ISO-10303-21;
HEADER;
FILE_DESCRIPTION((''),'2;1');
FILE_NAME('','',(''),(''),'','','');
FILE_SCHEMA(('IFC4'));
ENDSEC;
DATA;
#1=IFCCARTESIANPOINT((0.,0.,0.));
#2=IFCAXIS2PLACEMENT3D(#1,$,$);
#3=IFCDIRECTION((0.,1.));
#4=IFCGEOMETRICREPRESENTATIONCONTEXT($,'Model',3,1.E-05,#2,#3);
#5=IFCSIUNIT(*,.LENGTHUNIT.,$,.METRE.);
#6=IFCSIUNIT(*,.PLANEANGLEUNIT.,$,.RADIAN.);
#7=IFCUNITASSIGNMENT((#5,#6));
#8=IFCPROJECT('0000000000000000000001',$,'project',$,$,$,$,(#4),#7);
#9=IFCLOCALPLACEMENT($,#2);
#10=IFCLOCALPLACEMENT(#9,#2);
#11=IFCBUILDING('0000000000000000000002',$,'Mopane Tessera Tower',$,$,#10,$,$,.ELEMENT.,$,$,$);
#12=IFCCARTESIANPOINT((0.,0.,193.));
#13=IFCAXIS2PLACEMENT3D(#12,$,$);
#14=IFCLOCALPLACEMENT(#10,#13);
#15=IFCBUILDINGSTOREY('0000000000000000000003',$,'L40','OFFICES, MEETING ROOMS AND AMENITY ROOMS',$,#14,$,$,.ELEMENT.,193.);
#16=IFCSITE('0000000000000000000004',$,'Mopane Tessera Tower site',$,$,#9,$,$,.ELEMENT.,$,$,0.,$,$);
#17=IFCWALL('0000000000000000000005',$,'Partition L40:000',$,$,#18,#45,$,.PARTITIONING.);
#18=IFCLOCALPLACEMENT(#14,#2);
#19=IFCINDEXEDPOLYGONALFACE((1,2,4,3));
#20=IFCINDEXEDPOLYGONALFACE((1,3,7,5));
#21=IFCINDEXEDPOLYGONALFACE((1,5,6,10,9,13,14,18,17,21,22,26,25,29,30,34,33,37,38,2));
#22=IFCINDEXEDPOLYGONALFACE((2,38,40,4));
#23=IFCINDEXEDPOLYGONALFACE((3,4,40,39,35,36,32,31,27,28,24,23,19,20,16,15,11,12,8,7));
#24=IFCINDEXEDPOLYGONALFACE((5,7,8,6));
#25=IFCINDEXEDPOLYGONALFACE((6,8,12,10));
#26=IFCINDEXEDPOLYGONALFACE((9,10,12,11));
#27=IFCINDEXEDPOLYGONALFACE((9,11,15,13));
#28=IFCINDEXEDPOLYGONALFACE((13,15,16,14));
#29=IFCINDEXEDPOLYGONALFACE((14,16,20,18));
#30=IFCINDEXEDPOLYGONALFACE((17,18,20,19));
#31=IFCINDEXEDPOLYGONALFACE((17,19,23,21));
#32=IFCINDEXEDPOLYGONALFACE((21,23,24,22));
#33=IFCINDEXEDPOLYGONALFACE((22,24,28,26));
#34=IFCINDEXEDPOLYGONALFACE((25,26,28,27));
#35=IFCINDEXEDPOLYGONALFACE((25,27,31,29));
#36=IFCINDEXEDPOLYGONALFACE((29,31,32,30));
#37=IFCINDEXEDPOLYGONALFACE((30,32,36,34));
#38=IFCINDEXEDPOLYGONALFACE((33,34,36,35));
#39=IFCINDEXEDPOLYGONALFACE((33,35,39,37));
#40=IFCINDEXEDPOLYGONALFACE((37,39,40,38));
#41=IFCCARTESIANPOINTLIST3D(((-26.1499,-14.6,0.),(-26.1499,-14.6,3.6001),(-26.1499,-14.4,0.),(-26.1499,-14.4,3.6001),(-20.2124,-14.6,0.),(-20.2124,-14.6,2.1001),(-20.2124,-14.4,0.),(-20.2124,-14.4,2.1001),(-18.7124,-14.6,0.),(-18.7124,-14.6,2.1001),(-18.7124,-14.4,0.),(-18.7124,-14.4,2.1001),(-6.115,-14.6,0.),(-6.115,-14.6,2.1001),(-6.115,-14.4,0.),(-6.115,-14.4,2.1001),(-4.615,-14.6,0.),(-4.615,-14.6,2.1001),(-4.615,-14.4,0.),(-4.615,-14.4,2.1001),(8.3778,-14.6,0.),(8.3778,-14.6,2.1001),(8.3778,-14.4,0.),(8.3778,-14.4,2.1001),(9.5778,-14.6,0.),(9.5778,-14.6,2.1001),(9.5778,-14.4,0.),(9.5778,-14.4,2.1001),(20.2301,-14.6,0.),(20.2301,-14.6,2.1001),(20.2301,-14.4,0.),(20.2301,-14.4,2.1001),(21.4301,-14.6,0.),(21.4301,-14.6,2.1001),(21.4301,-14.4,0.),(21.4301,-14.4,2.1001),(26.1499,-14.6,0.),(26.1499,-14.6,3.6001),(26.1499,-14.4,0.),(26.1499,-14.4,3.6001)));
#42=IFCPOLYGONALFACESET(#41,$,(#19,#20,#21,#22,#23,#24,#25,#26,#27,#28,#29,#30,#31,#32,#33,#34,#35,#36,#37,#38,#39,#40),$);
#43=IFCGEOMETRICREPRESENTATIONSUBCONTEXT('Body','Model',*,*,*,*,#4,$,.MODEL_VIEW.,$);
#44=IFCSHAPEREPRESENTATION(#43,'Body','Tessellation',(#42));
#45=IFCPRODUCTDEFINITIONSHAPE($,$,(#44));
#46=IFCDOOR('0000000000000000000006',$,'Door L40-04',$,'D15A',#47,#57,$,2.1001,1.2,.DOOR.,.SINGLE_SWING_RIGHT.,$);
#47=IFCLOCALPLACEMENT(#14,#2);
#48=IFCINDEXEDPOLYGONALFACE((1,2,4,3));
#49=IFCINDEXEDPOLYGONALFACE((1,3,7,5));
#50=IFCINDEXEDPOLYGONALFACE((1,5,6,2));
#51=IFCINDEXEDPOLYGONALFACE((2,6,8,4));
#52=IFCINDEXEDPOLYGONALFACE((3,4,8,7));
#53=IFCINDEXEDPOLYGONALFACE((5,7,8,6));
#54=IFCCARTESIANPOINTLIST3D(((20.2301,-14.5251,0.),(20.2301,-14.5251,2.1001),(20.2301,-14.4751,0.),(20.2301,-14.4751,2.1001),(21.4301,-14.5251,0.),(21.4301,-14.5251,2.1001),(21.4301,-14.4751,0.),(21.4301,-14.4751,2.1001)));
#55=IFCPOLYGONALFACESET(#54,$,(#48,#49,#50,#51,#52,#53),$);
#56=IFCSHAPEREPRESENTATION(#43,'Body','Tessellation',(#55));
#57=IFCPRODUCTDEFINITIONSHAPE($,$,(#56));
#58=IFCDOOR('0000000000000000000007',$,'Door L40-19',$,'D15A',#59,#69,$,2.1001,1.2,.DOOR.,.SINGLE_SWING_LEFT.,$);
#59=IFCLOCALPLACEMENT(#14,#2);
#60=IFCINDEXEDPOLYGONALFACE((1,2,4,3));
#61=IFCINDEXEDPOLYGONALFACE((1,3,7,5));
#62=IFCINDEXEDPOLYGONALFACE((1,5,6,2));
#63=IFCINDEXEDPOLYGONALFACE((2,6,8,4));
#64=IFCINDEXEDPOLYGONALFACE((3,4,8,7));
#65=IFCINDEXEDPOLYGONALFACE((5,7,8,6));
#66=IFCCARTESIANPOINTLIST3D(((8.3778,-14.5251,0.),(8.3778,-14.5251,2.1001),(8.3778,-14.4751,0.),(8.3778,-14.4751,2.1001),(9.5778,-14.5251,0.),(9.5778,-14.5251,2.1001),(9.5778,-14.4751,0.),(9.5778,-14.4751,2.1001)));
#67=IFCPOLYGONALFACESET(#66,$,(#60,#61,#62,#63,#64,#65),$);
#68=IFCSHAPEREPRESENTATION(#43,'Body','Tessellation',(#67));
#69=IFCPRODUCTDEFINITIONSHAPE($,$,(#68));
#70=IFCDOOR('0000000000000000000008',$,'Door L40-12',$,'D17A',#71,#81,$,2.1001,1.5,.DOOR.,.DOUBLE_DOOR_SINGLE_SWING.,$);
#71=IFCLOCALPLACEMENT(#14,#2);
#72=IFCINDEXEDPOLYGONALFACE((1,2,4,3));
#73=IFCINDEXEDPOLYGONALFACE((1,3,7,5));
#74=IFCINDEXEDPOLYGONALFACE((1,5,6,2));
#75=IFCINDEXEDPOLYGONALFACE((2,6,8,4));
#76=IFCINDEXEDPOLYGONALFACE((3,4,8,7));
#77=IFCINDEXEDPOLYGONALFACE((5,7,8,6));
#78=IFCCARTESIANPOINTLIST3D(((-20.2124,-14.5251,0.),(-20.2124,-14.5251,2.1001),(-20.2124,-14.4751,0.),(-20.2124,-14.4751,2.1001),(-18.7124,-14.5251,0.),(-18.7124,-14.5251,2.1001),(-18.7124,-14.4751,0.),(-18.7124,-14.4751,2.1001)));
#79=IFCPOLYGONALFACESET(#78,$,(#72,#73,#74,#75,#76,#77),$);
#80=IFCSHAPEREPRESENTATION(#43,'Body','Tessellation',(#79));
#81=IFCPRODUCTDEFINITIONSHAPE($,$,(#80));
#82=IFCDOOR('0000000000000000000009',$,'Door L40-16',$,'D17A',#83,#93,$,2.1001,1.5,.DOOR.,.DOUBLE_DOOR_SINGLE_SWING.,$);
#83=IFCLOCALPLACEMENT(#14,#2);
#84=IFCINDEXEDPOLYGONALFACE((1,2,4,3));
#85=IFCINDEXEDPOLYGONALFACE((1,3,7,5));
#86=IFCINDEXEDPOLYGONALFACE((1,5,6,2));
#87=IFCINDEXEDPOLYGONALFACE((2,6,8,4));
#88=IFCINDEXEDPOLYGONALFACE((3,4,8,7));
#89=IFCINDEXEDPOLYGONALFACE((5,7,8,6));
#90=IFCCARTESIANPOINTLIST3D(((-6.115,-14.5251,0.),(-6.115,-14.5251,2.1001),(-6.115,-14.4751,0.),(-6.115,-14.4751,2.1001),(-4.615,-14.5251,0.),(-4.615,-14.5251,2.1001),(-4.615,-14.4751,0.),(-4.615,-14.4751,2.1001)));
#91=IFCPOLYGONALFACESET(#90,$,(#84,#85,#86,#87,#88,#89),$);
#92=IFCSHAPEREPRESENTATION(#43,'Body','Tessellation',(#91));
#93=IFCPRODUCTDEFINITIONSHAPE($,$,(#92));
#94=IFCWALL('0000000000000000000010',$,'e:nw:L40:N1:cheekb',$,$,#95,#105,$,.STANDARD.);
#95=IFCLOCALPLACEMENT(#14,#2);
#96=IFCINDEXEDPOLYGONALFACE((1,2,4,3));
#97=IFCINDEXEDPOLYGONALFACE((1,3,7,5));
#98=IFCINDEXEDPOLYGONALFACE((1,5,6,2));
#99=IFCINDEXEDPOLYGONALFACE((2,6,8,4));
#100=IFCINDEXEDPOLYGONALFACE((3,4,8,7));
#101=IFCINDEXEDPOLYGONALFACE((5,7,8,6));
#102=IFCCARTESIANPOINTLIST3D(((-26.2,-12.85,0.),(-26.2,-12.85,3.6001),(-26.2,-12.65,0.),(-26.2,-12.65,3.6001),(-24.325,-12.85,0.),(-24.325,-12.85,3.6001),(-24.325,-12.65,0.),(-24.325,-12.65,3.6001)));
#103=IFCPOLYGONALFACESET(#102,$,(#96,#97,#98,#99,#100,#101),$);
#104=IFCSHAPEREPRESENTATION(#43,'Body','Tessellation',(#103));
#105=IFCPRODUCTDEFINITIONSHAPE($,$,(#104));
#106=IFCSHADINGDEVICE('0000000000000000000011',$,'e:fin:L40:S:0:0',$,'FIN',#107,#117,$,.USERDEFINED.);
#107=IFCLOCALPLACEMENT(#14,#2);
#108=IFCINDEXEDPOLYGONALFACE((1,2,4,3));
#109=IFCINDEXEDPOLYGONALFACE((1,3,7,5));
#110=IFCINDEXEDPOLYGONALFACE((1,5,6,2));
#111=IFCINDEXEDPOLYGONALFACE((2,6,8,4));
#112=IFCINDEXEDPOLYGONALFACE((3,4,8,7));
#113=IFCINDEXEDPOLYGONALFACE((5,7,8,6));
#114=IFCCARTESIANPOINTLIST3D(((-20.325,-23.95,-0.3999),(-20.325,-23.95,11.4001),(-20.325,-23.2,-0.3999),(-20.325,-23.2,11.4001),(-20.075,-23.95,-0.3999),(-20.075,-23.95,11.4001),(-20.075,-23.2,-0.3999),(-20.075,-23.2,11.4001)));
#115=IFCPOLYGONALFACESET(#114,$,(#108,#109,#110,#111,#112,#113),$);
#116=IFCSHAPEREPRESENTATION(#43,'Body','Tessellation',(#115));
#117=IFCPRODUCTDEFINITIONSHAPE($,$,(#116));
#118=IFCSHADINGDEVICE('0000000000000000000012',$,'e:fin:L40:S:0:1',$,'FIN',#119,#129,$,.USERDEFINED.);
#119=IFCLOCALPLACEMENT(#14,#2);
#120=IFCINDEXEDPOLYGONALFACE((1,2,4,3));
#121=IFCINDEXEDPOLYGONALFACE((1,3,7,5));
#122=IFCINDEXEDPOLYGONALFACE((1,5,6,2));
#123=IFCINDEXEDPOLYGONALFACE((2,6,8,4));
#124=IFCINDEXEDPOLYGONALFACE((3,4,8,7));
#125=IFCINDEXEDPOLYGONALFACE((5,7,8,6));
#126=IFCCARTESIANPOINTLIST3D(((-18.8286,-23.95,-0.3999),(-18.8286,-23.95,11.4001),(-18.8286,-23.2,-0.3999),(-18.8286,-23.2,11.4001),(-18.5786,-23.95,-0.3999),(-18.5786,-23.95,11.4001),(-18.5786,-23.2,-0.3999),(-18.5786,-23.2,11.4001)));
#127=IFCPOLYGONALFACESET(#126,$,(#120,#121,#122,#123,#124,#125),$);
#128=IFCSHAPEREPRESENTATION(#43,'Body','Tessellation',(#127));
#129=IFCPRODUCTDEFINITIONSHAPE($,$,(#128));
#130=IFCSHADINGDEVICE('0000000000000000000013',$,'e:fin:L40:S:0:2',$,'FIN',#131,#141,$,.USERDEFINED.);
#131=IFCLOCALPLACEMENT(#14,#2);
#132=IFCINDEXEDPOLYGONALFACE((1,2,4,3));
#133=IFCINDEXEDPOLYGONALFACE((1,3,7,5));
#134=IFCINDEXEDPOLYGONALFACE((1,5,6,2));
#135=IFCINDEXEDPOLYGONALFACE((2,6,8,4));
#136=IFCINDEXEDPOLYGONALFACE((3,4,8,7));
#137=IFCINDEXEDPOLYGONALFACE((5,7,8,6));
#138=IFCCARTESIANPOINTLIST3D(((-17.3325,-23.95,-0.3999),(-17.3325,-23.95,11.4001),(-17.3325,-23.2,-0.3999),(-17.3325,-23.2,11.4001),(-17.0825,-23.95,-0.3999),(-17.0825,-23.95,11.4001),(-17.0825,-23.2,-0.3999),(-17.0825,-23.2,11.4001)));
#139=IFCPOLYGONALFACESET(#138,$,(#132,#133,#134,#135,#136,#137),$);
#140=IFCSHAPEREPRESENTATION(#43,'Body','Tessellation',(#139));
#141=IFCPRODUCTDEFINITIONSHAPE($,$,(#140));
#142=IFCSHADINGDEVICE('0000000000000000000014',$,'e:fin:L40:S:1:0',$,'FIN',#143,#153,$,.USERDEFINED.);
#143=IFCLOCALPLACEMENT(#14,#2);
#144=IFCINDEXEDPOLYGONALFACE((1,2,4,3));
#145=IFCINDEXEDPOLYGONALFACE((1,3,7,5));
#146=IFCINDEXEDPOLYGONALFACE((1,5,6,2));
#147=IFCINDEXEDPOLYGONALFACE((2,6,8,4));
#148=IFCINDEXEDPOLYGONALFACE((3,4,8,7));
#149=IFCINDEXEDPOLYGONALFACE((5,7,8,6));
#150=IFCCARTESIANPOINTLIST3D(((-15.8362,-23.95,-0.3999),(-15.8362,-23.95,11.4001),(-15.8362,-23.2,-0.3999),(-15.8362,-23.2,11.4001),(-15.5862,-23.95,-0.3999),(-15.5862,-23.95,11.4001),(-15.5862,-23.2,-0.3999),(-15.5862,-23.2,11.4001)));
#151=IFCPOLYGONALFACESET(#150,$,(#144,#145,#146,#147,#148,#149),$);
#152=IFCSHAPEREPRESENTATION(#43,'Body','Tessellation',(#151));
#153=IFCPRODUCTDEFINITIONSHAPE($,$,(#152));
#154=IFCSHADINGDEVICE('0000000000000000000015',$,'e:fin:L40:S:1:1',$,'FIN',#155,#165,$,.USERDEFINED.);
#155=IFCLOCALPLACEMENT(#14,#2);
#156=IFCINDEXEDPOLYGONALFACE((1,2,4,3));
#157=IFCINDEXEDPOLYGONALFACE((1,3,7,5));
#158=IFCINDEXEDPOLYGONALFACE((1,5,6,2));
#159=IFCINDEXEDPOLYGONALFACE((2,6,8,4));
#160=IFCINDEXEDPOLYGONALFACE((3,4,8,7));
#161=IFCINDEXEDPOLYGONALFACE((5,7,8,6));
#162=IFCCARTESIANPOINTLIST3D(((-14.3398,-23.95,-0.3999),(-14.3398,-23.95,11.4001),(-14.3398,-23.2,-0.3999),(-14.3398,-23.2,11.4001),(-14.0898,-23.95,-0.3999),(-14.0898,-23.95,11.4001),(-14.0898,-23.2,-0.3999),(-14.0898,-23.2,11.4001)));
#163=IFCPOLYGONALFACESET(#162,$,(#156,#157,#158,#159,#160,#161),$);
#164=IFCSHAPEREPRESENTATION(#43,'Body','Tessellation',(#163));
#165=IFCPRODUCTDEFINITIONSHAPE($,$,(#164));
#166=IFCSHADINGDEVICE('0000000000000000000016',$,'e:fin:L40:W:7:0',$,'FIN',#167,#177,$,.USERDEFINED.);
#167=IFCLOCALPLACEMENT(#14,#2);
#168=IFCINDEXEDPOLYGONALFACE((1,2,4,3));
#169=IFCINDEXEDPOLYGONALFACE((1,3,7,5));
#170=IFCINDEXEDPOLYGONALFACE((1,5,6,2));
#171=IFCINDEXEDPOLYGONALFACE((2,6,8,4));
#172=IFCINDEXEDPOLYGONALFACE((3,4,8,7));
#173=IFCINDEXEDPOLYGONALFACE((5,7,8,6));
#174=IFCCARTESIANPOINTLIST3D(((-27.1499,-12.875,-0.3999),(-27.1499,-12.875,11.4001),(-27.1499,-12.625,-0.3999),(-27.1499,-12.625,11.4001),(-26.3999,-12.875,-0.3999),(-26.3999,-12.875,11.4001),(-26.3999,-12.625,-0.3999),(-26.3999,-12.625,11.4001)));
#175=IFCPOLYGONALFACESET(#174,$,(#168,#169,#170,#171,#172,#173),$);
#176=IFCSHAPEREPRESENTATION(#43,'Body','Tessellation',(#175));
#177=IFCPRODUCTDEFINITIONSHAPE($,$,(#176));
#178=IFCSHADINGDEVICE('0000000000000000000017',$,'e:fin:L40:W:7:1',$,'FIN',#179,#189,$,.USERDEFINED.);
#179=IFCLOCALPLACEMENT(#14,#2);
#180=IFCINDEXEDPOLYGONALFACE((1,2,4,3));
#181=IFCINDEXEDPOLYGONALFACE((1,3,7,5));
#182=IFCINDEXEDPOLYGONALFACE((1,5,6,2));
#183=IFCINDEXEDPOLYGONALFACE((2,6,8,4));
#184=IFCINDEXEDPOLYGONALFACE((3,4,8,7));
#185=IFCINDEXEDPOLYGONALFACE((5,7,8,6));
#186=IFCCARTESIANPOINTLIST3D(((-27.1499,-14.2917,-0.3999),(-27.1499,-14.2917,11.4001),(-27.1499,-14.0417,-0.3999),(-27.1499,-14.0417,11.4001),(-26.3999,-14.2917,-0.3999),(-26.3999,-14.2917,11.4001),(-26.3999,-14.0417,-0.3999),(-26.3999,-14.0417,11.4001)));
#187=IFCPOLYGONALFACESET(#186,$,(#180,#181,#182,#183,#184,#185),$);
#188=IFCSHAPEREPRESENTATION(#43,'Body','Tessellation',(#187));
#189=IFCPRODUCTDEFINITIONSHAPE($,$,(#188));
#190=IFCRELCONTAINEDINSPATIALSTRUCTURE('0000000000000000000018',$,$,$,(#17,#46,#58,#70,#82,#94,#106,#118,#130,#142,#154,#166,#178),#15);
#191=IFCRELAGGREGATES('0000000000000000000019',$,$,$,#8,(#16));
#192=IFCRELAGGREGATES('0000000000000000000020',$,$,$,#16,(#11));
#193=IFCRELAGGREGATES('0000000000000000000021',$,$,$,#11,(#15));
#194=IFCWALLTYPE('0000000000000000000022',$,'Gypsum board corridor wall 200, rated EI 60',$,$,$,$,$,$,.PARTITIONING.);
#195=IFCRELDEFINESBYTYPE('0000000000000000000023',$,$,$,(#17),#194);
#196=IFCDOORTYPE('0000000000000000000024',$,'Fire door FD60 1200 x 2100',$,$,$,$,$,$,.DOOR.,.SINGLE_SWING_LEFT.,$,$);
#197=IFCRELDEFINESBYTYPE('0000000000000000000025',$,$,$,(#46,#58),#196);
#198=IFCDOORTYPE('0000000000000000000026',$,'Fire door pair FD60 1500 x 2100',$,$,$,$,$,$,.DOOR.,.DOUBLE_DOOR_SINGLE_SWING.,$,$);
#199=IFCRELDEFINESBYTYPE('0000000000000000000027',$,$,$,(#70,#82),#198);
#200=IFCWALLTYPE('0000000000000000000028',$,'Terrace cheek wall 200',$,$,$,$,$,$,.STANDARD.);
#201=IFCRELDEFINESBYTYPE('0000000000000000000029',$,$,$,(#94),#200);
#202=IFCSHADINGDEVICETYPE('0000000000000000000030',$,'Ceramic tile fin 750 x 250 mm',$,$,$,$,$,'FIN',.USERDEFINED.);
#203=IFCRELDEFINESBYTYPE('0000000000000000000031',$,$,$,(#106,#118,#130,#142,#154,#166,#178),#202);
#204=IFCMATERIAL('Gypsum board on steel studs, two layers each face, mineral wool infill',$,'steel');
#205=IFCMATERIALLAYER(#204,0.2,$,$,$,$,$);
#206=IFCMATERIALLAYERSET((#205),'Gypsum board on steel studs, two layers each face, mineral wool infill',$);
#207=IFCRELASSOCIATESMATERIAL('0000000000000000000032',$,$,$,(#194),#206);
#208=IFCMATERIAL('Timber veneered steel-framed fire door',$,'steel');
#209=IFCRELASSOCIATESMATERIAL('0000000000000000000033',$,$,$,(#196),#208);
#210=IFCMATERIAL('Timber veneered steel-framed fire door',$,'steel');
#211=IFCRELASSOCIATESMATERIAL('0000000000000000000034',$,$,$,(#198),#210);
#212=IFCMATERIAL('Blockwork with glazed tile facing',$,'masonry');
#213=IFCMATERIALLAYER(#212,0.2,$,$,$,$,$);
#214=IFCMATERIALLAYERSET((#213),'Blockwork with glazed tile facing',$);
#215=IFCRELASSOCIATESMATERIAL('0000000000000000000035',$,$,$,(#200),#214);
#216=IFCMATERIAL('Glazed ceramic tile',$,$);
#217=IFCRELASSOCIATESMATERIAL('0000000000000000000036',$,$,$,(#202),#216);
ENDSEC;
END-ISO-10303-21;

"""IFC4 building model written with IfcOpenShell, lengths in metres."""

from ifc_helpers import new_model, si_unit, direction, frame, frame_2d, origin, origin_2d, place, context, subcontext, project, spatial, rectangle, extrude, material, layer, layer_set, type_object, element, fill, save


model = new_model("IFC4")

# Units and contexts
model_context = context("Model", 3, precision=1e-05, world=origin(), true_north=direction((0.0, 1.0)))
body_context = subcontext(model_context, "Body", "Model", "MODEL_VIEW")
ifc_project = project(units=[si_unit("LENGTHUNIT", "METRE"), si_unit("PLANEANGLEUNIT", "RADIAN")], contexts=[model_context])

# Site, building, storey
site_placement = place(None, origin())
site = spatial("IfcSite", under=ifc_project, at=site_placement, Name="Mopane Tessera Tower site", CompositionType="ELEMENT", RefElevation=0.0)
building_placement = place(site_placement, origin())
building = spatial("IfcBuilding", under=site, at=building_placement, Name="Mopane Tessera Tower", CompositionType="ELEMENT")
storey_placement = place(building_placement, frame((0.0, 0.0, 193.0)))
storey = spatial("IfcBuildingStorey", under=building, at=storey_placement, Name="L40", Description="OFFICES, MEETING ROOMS AND AMENITY ROOMS", CompositionType="ELEMENT", Elevation=193.0)

# Wall, openings, doors
ifc_material_1 = material(Name="Gypsum board on steel studs, two layers each face, mineral wool infill", Category="steel")
ifc_layer_1 = layer(ifc_material_1, 0.2)
ifc_layer_set_1 = layer_set([ifc_layer_1], Name="Gypsum board on steel studs, two layers each face, mineral wool infill")
wall_type_1 = type_object("IfcWallType", Name="Gypsum board corridor wall 200, rated EI 60", PredefinedType="PARTITIONING", material=ifc_layer_set_1)
wall_1_placement = place(storey_placement, frame((-26.1499, -14.5, 0.0), z_axis=(0.0, 0.0, 1.0), x_axis=(1.0, 0.0, 0.0)))
wall_1 = element("IfcWall", 1, at=wall_1_placement, inside=storey, type_object=wall_type_1, Name="Partition L40:000", PredefinedType="PARTITIONING", context=body_context, shape_type="SweptSolid", body=[
    extrude(rectangle(XDim=52.2998, YDim=0.2, at=frame_2d((26.1499, 0.0))), origin(), (0.0, 0.0, 1.0), 3.6001),
])
opening_1_placement = place(wall_1_placement, frame((46.3799, 0.0, 0.0)))
opening_1 = element("IfcOpeningElement", 2, at=opening_1_placement, cuts=wall_1, PredefinedType="OPENING", context=body_context, shape_type="SweptSolid", body=[
    extrude(rectangle(XDim=1.2, YDim=2.1001, at=frame_2d((0.6001, 1.05))), frame((0.0, 0.1121, 0.0), z_axis=(0.0, -1.0, 0.0), x_axis=(1.0, 0.0, 0.0)), (0.0, 0.0, 1.0), 0.2239),
])
opening_2_placement = place(wall_1_placement, frame((5.9375, 0.0, 0.0)))
opening_2 = element("IfcOpeningElement", 3, at=opening_2_placement, cuts=wall_1, PredefinedType="OPENING", context=body_context, shape_type="SweptSolid", body=[
    extrude(rectangle(XDim=1.5, YDim=2.1001, at=frame_2d((0.75, 1.05))), frame((0.0, 0.1121, 0.0), z_axis=(0.0, -1.0, 0.0), x_axis=(1.0, 0.0, 0.0)), (0.0, 0.0, 1.0), 0.2239),
])
opening_3_placement = place(wall_1_placement, frame((20.0349, 0.0, 0.0)))
opening_3 = element("IfcOpeningElement", 4, at=opening_3_placement, cuts=wall_1, PredefinedType="OPENING", context=body_context, shape_type="SweptSolid", body=[
    extrude(rectangle(XDim=1.5, YDim=2.1001, at=frame_2d((0.75, 1.05))), frame((0.0, 0.1121, 0.0), z_axis=(0.0, -1.0, 0.0), x_axis=(1.0, 0.0, 0.0)), (0.0, 0.0, 1.0), 0.2239),
])
opening_4_placement = place(wall_1_placement, frame((34.5276, 0.0, 0.0)))
opening_4 = element("IfcOpeningElement", 5, at=opening_4_placement, cuts=wall_1, PredefinedType="OPENING", context=body_context, shape_type="SweptSolid", body=[
    extrude(rectangle(XDim=1.2, YDim=2.1001, at=frame_2d((0.6001, 1.05))), frame((0.0, 0.1121, 0.0), z_axis=(0.0, -1.0, 0.0), x_axis=(1.0, 0.0, 0.0)), (0.0, 0.0, 1.0), 0.2239),
])
ifc_material_2 = material(Name="Timber veneered steel-framed fire door", Category="steel")
door_type_1 = type_object("IfcDoorType", Name="Fire door FD60 1200 x 2100", OperationType="SINGLE_SWING_LEFT", PredefinedType="DOOR", material=ifc_material_2)
door_1_placement = place(opening_1_placement, origin())
door_1 = element("IfcDoor", 6, at=door_1_placement, inside=storey, type_object=door_type_1, Name="Door L40-04", ObjectType="D15A", OperationType="SINGLE_SWING_RIGHT", OverallHeight=2.1001, OverallWidth=1.2, PredefinedType="DOOR", context=body_context, shape_type="SweptSolid", body=[
    extrude(rectangle(XDim=1.2, YDim=2.1001, at=frame_2d((0.6001, 1.05))), frame((0.0, 0.0249, 0.0), z_axis=(0.0, -1.0, 0.0), x_axis=(1.0, 0.0, 0.0)), (0.0, 0.0, 1.0), 0.05),
])
fill(opening_1, door_1)
door_2_placement = place(opening_4_placement, origin())
door_2 = element("IfcDoor", 7, at=door_2_placement, inside=storey, type_object=door_type_1, Name="Door L40-19", ObjectType="D15A", OperationType="SINGLE_SWING_LEFT", OverallHeight=2.1001, OverallWidth=1.2, PredefinedType="DOOR", context=body_context, shape_type="SweptSolid", body=[
    extrude(rectangle(XDim=1.2, YDim=2.1001, at=frame_2d((0.6001, 1.05))), frame((0.0, 0.0249, 0.0), z_axis=(0.0, -1.0, 0.0), x_axis=(1.0, 0.0, 0.0)), (0.0, 0.0, 1.0), 0.05),
])
fill(opening_4, door_2)
ifc_material_3 = material(Name="Timber veneered steel-framed fire door", Category="steel")
door_type_2 = type_object("IfcDoorType", Name="Fire door pair FD60 1500 x 2100", OperationType="DOUBLE_DOOR_SINGLE_SWING", PredefinedType="DOOR", material=ifc_material_3)
door_3_placement = place(opening_2_placement, origin())
door_3 = element("IfcDoor", 8, at=door_3_placement, inside=storey, type_object=door_type_2, Name="Door L40-12", ObjectType="D17A", OperationType="DOUBLE_DOOR_SINGLE_SWING", OverallHeight=2.1001, OverallWidth=1.5, PredefinedType="DOOR", context=body_context, shape_type="SweptSolid", body=[
    extrude(rectangle(XDim=1.5, YDim=2.1001, at=frame_2d((0.75, 1.05))), frame((0.0, 0.0249, 0.0), z_axis=(0.0, -1.0, 0.0), x_axis=(1.0, 0.0, 0.0)), (0.0, 0.0, 1.0), 0.05),
])
fill(opening_2, door_3)
door_4_placement = place(opening_3_placement, origin())
door_4 = element("IfcDoor", 9, at=door_4_placement, inside=storey, type_object=door_type_2, Name="Door L40-16", ObjectType="D17A", OperationType="DOUBLE_DOOR_SINGLE_SWING", OverallHeight=2.1001, OverallWidth=1.5, PredefinedType="DOOR", context=body_context, shape_type="SweptSolid", body=[
    extrude(rectangle(XDim=1.5, YDim=2.1001, at=frame_2d((0.75, 1.05))), frame((0.0, 0.0249, 0.0), z_axis=(0.0, -1.0, 0.0), x_axis=(1.0, 0.0, 0.0)), (0.0, 0.0, 1.0), 0.05),
])
fill(opening_3, door_4)

# Wall
ifc_material_4 = material(Name="Blockwork with glazed tile facing", Category="masonry")
ifc_layer_2 = layer(ifc_material_4, 0.2)
ifc_layer_set_2 = layer_set([ifc_layer_2], Name="Blockwork with glazed tile facing")
wall_type_2 = type_object("IfcWallType", Name="Terrace cheek wall 200", PredefinedType="STANDARD", material=ifc_layer_set_2)
wall_2_placement = place(storey_placement, frame((-26.2, -12.75, 0.0), z_axis=(0.0, 0.0, 1.0), x_axis=(1.0, 0.0, 0.0)))
element("IfcWall", 10, at=wall_2_placement, inside=storey, type_object=wall_type_2, Name="e:nw:L40:N1:cheekb", PredefinedType="STANDARD", context=body_context, shape_type="SweptSolid", body=[
    extrude(rectangle(XDim=1.875, YDim=0.2, at=frame_2d((0.9375, 0.0))), origin(), (0.0, 0.0, 1.0), 3.6001),
])

# Shading devices
ifc_material_5 = material(Name="Glazed ceramic tile")
shading_device_type = type_object("IfcShadingDeviceType", Name="Ceramic tile fin 750 x 250 mm", ElementType="FIN", PredefinedType="USERDEFINED", material=ifc_material_5)
for number, where, z_axis, x_axis, name in (
    (11, (-20.2, -23.575, -0.3999), (0.0, 0.0, 1.0), (1.0, 0.0, 0.0), "e:fin:L40:S:0:0"),
    (12, (-18.7036, -23.575, -0.3999), (0.0, 0.0, 1.0), (1.0, 0.0, 0.0), "e:fin:L40:S:0:1"),
    (13, (-17.2075, -23.575, -0.3999), (0.0, 0.0, 1.0), (1.0, 0.0, 0.0), "e:fin:L40:S:0:2"),
    (14, (-15.7112, -23.575, -0.3999), (0.0, 0.0, 1.0), (1.0, 0.0, 0.0), "e:fin:L40:S:1:0"),
    (15, (-14.2148, -23.575, -0.3999), (0.0, 0.0, 1.0), (1.0, 0.0, 0.0), "e:fin:L40:S:1:1"),
    (16, (-26.7749, -12.75, -0.3999), (0.0, 0.0, 1.0), (0.0, -1.0, 0.0), "e:fin:L40:W:7:0"),
    (17, (-26.7749, -14.1667, -0.3999), (0.0, 0.0, 1.0), (0.0, -1.0, 0.0), "e:fin:L40:W:7:1"),
):
    element("IfcShadingDevice", number, at=place(storey_placement, frame(where, z_axis=z_axis, x_axis=x_axis)), inside=storey, type_object=shading_device_type, Name=name, ObjectType="FIN", PredefinedType="USERDEFINED", context=body_context, shape_type="SweptSolid", body=[
        extrude(rectangle(XDim=0.25, YDim=0.75, at=origin_2d()), origin(), (0.0, 0.0, 1.0), 11.8),
    ])

save(model, "model.ifc")
